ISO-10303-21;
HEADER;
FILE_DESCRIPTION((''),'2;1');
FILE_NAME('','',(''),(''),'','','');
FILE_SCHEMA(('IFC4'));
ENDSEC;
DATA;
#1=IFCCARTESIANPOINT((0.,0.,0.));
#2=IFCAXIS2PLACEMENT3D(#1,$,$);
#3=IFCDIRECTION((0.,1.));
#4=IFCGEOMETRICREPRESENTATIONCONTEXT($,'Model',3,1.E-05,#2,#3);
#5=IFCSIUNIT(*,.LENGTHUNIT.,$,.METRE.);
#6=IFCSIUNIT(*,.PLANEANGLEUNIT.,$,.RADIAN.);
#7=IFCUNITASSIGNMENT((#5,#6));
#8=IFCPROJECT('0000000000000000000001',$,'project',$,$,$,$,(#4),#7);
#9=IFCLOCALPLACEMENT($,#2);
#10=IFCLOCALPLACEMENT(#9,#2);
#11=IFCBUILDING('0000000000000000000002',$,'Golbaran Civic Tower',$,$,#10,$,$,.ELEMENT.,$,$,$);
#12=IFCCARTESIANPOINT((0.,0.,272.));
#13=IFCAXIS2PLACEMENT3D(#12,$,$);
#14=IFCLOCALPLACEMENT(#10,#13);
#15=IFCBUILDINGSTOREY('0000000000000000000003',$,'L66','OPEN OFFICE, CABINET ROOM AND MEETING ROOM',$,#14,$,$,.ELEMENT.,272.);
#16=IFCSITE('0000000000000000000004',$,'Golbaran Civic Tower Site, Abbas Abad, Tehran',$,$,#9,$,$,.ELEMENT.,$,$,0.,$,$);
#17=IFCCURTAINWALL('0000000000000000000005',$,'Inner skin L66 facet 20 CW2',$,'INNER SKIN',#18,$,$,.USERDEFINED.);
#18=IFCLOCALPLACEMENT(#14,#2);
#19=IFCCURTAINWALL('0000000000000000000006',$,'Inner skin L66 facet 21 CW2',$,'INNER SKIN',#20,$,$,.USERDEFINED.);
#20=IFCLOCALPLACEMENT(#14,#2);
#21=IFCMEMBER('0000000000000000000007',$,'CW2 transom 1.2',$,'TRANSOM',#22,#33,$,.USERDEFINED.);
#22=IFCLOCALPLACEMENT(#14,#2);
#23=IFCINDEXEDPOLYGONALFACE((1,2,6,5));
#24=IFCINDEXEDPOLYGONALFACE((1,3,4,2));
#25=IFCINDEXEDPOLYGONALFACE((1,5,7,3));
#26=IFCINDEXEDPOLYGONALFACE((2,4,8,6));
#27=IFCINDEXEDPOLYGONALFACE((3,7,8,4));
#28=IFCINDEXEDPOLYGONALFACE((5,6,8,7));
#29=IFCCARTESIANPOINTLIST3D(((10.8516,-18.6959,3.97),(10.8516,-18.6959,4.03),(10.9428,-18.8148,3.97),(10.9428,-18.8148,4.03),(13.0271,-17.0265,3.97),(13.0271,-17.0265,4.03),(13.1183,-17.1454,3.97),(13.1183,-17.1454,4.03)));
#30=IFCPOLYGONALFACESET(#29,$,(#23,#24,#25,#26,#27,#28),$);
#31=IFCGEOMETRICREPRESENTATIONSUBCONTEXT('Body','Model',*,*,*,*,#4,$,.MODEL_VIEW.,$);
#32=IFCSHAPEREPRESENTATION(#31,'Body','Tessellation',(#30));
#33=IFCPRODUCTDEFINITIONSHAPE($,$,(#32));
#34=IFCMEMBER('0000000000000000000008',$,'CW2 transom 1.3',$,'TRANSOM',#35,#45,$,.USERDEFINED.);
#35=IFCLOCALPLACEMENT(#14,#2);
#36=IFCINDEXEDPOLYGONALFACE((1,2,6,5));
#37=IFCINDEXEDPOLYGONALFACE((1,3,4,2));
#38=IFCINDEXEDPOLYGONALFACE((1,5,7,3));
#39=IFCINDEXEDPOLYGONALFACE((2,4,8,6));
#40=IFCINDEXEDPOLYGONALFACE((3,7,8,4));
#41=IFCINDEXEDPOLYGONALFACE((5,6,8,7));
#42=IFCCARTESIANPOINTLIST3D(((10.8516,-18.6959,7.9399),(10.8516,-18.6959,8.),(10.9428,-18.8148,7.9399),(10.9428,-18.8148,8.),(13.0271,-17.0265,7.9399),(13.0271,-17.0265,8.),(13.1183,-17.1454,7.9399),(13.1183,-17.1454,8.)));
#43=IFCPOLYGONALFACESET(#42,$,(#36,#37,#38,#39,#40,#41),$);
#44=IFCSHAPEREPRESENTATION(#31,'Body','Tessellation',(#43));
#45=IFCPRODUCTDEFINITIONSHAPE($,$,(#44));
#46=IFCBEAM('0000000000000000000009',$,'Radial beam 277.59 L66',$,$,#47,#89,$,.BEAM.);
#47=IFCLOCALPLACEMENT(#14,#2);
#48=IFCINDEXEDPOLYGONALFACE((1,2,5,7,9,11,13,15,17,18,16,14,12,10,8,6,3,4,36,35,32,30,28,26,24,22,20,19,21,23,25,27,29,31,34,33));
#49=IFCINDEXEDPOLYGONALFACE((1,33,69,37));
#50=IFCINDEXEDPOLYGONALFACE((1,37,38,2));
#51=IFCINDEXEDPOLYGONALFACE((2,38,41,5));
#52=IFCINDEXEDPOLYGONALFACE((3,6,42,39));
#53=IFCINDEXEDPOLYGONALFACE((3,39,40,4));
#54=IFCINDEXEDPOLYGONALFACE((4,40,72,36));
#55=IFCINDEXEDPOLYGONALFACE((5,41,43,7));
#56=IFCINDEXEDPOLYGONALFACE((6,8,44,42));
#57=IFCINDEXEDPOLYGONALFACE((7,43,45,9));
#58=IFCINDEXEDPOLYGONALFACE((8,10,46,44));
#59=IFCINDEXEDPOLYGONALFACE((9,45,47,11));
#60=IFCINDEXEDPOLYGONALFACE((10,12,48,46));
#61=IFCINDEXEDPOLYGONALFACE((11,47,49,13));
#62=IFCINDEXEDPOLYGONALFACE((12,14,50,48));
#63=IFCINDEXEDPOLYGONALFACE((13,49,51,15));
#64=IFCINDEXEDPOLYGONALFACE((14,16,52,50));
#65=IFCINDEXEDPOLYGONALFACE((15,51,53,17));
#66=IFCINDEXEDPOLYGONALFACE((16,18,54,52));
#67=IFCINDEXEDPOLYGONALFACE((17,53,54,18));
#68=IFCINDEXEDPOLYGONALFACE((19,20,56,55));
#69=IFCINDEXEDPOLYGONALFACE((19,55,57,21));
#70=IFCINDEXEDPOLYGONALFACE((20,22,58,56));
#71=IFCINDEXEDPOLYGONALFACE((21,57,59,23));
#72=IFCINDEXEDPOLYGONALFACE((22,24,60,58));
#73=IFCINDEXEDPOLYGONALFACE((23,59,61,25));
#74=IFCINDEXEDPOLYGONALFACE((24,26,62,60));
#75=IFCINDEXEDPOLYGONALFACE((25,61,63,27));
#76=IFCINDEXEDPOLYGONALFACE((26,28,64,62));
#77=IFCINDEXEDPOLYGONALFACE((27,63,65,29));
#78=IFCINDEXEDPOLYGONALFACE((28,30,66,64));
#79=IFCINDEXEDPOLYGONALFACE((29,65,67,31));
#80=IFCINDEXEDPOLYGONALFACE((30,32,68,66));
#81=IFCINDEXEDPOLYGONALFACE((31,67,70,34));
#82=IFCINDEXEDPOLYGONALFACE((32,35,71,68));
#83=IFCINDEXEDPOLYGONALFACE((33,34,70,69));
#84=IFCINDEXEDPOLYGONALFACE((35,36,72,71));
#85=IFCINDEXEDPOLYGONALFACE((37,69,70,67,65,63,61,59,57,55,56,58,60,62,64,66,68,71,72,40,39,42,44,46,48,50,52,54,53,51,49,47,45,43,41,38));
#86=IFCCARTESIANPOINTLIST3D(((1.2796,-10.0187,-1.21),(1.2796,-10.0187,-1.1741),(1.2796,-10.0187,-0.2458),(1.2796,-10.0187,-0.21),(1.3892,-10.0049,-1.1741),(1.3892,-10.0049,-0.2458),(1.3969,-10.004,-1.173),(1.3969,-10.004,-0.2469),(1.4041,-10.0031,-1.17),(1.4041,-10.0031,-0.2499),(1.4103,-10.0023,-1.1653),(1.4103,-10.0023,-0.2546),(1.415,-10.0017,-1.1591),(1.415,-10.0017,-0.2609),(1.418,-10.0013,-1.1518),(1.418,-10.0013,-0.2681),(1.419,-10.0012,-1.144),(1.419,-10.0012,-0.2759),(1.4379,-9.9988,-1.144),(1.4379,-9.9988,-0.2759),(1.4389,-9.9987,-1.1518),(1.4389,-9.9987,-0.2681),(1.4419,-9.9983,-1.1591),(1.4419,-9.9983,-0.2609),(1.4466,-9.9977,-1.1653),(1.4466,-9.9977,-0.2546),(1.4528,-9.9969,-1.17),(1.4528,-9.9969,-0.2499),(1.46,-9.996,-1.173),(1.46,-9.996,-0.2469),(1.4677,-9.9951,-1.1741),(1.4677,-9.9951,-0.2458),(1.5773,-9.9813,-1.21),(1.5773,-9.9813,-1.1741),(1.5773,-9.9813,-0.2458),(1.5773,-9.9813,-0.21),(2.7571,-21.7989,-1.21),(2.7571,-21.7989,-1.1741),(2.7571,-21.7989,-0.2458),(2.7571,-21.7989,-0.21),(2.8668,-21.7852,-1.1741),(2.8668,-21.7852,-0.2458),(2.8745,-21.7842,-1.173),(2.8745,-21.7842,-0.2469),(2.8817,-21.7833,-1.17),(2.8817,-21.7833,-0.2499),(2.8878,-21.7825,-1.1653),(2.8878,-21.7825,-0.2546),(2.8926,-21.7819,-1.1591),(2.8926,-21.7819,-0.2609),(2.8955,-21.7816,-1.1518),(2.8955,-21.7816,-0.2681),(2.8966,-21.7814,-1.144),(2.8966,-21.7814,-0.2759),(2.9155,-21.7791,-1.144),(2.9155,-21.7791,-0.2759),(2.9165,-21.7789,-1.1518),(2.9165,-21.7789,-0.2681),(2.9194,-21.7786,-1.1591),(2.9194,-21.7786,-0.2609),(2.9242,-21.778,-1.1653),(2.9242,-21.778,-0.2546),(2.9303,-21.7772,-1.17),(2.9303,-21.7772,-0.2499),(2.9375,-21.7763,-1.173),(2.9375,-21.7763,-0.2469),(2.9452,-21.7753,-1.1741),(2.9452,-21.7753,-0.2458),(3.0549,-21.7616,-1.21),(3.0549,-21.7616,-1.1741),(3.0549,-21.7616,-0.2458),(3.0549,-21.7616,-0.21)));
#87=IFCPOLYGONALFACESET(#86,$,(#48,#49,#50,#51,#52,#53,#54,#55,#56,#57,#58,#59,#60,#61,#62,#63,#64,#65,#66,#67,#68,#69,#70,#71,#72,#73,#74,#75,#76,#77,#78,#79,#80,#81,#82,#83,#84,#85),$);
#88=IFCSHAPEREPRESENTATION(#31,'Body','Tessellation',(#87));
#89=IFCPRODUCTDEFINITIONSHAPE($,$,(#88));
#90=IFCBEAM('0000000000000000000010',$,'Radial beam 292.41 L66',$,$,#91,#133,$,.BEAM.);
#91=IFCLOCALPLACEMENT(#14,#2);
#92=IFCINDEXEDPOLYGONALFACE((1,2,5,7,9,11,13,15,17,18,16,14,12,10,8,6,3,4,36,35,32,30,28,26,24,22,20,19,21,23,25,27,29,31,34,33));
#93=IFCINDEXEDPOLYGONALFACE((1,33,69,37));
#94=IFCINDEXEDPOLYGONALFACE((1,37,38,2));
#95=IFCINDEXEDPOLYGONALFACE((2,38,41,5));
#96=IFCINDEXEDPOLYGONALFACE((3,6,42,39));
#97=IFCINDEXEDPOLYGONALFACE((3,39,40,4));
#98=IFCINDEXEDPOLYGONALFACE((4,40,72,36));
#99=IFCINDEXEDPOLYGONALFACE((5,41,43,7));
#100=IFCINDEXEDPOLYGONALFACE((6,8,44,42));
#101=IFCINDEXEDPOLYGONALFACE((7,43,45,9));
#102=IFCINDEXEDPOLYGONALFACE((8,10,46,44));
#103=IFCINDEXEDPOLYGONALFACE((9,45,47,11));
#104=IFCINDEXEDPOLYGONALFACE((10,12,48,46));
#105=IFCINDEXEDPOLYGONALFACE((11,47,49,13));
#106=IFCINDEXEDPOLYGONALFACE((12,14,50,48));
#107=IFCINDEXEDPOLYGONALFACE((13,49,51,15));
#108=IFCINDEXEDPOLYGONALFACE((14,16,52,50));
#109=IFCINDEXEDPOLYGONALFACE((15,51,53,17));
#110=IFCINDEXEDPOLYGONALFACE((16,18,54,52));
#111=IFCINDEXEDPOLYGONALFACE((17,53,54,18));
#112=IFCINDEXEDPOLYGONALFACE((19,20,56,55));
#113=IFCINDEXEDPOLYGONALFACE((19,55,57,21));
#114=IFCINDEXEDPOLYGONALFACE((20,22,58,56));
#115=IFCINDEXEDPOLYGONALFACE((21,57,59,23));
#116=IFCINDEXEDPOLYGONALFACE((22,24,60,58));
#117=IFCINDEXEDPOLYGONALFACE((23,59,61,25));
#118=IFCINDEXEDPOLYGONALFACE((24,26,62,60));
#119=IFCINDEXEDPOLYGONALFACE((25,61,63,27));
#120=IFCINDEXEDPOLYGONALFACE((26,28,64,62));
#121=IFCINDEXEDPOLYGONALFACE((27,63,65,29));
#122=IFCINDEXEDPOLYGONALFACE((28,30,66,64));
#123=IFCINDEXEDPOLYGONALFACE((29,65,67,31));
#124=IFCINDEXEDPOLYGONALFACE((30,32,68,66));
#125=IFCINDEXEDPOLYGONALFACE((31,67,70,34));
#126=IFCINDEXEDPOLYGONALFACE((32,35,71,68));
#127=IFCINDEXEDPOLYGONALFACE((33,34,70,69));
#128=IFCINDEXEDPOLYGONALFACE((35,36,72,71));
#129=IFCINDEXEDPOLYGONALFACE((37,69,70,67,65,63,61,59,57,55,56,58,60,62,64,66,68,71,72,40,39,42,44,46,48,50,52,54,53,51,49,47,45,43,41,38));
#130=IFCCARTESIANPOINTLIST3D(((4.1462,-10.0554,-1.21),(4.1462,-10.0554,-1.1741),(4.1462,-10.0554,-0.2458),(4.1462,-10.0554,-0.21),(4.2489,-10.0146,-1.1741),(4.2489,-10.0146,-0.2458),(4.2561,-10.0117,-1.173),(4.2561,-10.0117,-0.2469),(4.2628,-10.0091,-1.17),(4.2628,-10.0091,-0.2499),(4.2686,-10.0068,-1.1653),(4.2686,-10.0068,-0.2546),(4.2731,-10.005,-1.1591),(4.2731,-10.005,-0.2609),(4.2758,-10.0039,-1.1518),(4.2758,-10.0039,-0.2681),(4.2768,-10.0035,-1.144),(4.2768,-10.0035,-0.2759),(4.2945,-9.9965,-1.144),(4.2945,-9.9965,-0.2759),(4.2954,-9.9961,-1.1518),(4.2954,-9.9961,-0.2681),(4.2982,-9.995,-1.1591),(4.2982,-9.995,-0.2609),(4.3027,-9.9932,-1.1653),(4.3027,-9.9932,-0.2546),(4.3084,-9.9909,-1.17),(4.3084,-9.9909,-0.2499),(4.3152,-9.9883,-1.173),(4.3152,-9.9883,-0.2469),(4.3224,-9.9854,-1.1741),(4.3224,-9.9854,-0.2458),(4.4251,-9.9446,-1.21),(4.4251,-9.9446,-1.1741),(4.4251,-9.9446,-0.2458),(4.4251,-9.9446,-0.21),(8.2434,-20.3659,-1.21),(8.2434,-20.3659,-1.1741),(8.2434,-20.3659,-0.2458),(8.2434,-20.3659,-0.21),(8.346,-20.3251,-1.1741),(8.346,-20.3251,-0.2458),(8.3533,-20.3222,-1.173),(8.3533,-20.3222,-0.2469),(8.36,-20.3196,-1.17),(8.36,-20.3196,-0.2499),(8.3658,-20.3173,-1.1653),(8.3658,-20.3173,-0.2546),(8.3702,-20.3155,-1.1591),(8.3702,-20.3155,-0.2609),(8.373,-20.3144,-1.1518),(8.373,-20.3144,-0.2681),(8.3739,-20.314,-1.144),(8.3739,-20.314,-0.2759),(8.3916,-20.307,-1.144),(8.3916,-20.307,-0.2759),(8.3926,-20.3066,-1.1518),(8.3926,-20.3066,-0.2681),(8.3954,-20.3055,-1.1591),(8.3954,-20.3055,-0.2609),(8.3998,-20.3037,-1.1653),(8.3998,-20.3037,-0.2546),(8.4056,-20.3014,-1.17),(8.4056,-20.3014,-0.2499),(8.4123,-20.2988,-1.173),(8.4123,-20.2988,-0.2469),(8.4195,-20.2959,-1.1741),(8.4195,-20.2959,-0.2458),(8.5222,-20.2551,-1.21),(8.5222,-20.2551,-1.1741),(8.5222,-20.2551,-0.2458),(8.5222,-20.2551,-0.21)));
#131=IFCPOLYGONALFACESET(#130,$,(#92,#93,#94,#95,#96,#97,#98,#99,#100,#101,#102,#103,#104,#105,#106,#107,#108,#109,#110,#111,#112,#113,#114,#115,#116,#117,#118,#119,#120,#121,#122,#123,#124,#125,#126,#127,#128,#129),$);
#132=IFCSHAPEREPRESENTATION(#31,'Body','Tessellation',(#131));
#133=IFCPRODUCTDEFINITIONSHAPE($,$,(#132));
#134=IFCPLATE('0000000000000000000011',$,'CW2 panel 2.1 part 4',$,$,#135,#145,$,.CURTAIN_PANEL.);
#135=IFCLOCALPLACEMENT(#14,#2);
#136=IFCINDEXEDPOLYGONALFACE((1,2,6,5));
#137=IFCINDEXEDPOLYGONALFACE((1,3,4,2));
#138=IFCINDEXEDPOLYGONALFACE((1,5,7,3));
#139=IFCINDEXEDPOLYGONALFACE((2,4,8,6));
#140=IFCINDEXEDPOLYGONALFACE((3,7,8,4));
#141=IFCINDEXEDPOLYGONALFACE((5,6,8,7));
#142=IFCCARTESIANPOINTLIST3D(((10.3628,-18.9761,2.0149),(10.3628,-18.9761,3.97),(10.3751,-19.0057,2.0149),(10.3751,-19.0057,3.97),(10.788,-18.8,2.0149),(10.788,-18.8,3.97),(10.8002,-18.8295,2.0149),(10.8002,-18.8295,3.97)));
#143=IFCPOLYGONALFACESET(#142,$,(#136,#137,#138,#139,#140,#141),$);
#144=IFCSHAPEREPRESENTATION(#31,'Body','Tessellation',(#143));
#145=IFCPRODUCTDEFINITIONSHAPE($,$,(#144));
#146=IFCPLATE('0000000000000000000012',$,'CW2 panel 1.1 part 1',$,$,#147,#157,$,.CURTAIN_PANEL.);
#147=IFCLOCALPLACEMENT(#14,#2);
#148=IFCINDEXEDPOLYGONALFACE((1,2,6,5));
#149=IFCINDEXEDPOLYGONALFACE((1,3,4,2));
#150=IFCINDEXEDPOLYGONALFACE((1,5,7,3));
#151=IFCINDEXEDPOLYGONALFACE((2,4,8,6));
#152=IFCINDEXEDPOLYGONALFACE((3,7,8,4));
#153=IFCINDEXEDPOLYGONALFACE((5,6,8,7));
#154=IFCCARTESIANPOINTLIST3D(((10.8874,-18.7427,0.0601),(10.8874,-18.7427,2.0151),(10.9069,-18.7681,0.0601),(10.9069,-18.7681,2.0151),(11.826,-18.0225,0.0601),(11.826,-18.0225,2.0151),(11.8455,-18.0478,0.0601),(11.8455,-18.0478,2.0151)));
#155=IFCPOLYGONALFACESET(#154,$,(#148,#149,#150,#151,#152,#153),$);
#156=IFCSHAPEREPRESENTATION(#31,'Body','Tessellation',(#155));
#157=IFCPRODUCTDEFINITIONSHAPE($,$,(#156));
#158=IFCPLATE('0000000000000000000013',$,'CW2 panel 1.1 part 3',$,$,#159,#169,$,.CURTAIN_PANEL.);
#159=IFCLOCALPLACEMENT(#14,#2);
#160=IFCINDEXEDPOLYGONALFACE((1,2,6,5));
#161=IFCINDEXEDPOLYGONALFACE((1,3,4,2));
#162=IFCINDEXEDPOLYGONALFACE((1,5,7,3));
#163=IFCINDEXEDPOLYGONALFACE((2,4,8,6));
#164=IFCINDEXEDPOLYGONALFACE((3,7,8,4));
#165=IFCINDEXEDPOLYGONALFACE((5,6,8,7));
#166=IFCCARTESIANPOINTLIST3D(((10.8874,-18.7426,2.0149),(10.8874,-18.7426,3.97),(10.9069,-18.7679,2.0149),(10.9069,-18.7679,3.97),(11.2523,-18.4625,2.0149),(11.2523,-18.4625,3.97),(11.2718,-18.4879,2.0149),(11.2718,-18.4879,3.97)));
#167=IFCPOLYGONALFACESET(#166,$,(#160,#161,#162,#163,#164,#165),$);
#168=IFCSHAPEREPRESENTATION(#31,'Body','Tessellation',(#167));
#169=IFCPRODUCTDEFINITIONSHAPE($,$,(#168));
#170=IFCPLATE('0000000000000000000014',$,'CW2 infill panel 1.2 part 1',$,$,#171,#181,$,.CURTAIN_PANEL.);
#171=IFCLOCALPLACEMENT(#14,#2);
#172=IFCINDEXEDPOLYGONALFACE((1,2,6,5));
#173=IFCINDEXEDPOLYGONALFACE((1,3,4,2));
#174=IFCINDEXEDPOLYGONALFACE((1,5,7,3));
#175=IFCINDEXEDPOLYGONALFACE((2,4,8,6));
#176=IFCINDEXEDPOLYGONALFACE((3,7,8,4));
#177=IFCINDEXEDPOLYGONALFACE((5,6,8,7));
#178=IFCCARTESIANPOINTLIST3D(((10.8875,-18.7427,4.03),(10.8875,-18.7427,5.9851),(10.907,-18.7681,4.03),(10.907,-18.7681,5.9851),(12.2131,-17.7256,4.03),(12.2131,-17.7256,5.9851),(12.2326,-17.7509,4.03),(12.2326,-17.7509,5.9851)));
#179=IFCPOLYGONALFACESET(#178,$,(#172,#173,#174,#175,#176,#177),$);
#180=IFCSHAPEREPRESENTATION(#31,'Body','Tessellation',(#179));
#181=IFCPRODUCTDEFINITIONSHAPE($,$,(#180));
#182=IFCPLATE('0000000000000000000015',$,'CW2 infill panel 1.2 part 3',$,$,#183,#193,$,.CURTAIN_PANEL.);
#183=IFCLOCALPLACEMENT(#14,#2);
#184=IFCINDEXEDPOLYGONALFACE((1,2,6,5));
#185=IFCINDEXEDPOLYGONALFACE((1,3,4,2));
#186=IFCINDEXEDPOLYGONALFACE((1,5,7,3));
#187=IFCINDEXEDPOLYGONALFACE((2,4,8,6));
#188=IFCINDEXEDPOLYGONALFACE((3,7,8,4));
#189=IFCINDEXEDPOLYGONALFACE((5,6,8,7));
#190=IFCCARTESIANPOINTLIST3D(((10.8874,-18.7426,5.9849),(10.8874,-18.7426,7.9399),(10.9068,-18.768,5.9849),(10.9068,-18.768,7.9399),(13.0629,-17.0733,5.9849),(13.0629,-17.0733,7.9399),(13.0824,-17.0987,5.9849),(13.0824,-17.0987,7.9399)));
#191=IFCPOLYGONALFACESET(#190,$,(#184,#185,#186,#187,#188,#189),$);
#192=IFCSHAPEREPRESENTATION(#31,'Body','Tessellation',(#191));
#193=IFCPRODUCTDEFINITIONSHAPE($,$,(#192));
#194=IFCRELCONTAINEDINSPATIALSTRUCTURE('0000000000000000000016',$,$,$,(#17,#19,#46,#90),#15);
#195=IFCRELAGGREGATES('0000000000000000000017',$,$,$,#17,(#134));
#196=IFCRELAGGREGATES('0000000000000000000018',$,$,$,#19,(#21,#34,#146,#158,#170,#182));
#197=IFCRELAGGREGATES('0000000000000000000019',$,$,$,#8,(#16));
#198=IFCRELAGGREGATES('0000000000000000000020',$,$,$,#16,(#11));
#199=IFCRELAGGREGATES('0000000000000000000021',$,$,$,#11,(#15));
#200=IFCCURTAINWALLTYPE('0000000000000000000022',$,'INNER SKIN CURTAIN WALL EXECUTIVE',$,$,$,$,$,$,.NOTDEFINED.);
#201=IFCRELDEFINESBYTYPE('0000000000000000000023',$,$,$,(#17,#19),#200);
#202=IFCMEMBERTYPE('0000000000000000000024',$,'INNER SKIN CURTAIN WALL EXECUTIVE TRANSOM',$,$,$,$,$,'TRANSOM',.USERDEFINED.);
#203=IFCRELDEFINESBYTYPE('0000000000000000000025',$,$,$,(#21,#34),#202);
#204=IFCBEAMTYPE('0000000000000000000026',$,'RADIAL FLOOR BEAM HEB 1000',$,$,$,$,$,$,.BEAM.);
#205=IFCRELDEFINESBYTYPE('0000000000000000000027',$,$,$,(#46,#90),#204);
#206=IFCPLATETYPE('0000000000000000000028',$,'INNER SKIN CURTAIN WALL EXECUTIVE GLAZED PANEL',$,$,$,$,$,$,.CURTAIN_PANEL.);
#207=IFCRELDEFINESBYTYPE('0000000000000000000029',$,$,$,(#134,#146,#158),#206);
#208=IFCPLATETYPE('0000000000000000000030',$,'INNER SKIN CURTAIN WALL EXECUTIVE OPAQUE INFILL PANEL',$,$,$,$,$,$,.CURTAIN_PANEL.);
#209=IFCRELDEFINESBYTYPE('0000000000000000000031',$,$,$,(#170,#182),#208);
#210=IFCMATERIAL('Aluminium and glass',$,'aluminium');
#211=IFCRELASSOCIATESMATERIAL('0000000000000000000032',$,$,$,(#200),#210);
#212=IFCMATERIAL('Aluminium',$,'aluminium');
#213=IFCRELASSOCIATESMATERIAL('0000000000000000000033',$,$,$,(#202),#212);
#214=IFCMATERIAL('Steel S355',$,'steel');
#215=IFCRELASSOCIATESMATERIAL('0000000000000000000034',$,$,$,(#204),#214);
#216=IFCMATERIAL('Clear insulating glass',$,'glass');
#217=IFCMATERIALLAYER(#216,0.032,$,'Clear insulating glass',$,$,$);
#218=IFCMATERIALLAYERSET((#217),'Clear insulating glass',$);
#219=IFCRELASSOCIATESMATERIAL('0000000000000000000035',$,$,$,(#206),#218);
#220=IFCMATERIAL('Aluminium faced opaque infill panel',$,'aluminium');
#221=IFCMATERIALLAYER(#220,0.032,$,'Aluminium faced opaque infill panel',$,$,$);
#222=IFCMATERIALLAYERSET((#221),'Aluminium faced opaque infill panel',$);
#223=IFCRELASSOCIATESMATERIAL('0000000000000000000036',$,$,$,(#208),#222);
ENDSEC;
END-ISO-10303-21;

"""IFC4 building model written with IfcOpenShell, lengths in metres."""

from ifc_helpers import new_model, si_unit, direction, frame, origin, origin_2d, place, context, subcontext, project, spatial, rectangle, i_section, extrude, material, layer, layer_set, material_profile, profile_set, type_object, element, aggregate, save


model = new_model("IFC4")

# Units and contexts
model_context = context("Model", 3, precision=1e-05, world=origin(), true_north=direction((0.0, 1.0)))
body_context = subcontext(model_context, "Body", "Model", "MODEL_VIEW")
ifc_project = project(units=[si_unit("LENGTHUNIT", "METRE"), si_unit("PLANEANGLEUNIT", "RADIAN")], contexts=[model_context])

# Site, building, storey
site_placement = place(None, origin())
site = spatial("IfcSite", under=ifc_project, at=site_placement, Name="Golbaran Civic Tower Site, Abbas Abad, Tehran", CompositionType="ELEMENT", RefElevation=0.0)
building_placement = place(site_placement, origin())
building = spatial("IfcBuilding", under=site, at=building_placement, Name="Golbaran Civic Tower", CompositionType="ELEMENT")
storey_placement = place(building_placement, frame((0.0, 0.0, 272.0)))
storey = spatial("IfcBuildingStorey", under=building, at=storey_placement, Name="L66", Description="OPEN OFFICE, CABINET ROOM AND MEETING ROOM", CompositionType="ELEMENT", Elevation=272.0)

# Shared definitions
ifc_material_1 = material(Name="Steel S355", Category="steel")

# Curtain wall
ifc_material_2 = material(Name="Aluminium and glass", Category="aluminium")
curtain_wall_type = type_object("IfcCurtainWallType", Name="INNER SKIN CURTAIN WALL EXECUTIVE", PredefinedType="NOTDEFINED", material=ifc_material_2)
curtain_wall_1_placement = place(storey_placement, origin())
curtain_wall_1 = element("IfcCurtainWall", 1, at=curtain_wall_1_placement, inside=storey, type_object=curtain_wall_type, Name="Inner skin L66 facet 20 CW2", ObjectType="INNER SKIN", PredefinedType="USERDEFINED")
ifc_material_3 = material(Name="Aluminium", Category="aluminium")

# Curtain wall, members
curtain_wall_2_placement = place(storey_placement, origin())
curtain_wall_2 = element("IfcCurtainWall", 2, at=curtain_wall_2_placement, inside=storey, type_object=curtain_wall_type, Name="Inner skin L66 facet 21 CW2", ObjectType="INNER SKIN", PredefinedType="USERDEFINED")
ifc_material_profile_1 = material_profile(ifc_material_3, rectangle(XDim=0.1499, YDim=0.0601, at=origin_2d()), Name="INNER SKIN CURTAIN WALL EXECUTIVE TRANSOM")
ifc_profile_set_1 = profile_set([ifc_material_profile_1], Name="Aluminium")
member_type_1 = type_object("IfcMemberType", Name="INNER SKIN CURTAIN WALL EXECUTIVE TRANSOM", ElementType="TRANSOM", PredefinedType="USERDEFINED", material=ifc_profile_set_1)
member_1_placement = place(storey_placement, frame((10.8972, -18.7554, 4.0), z_axis=(0.793338, 0.608781, 0.0), x_axis=(-0.608781, 0.793338, 0.0)))
member_1 = element("IfcMember", 3, at=member_1_placement, type_object=member_type_1, Name="CW2 transom 1.2", ObjectType="TRANSOM", PredefinedType="USERDEFINED", context=body_context, shape_type="SweptSolid", body=[
    extrude(rectangle(XDim=0.1499, YDim=0.0601, at=origin_2d()), origin(), (0.0, 0.0, 1.0), 2.7422),
])
member_2_placement = place(storey_placement, frame((10.8972, -18.7554, 7.97), z_axis=(0.793338, 0.608781, 0.0), x_axis=(-0.608781, 0.793338, 0.0)))
member_2 = element("IfcMember", 4, at=member_2_placement, type_object=member_type_1, Name="CW2 transom 1.3", ObjectType="TRANSOM", PredefinedType="USERDEFINED", context=body_context, shape_type="SweptSolid", body=[
    extrude(rectangle(XDim=0.1499, YDim=0.0601, at=origin_2d()), origin(), (0.0, 0.0, 1.0), 2.7422),
])

# Beams
ifc_material_profile_2 = material_profile(ifc_material_1, i_section(OverallWidth=0.3, OverallDepth=1.0, WebThickness=0.019, FlangeThickness=0.0359, FilletRadius=0.03, at=origin_2d()), Name="HEB 1000")
ifc_profile_set_2 = profile_set([ifc_material_profile_2], Name="Steel S355")
beam_type_1 = type_object("IfcBeamType", Name="RADIAL FLOOR BEAM HEB 1000", PredefinedType="BEAM", material=ifc_profile_set_2)
beam_1_placement = place(storey_placement, frame((1.4285, -10.0, -0.71), z_axis=(0.12445, -0.992226, 0.0), x_axis=(0.992226, 0.12445, 0.0)))
element("IfcBeam", 5, at=beam_1_placement, inside=storey, type_object=beam_type_1, Name="Radial beam 277.59 L66", PredefinedType="BEAM", context=body_context, shape_type="SweptSolid", body=[
    extrude(i_section(OverallWidth=0.3, OverallDepth=1.0, WebThickness=0.019, FlangeThickness=0.0359, FilletRadius=0.03, at=origin_2d()), origin(), (0.0, 0.0, 1.0), 11.8726),
])
beam_2_placement = place(storey_placement, frame((4.2856, -10.0, -0.71), z_axis=(0.369288, -0.929315, 0.0), x_axis=(0.929315, 0.369288, 0.0)))
element("IfcBeam", 6, at=beam_2_placement, inside=storey, type_object=beam_type_1, Name="Radial beam 292.41 L66", PredefinedType="BEAM", context=body_context, shape_type="SweptSolid", body=[
    extrude(i_section(OverallWidth=0.3, OverallDepth=1.0, WebThickness=0.019, FlangeThickness=0.0359, FilletRadius=0.03, at=origin_2d()), origin(), (0.0, 0.0, 1.0), 11.0947),
])

# Plates
ifc_material_4 = material(Name="Clear insulating glass", Category="glass")
ifc_layer_1 = layer(ifc_material_4, 0.032, Name="Clear insulating glass")
ifc_layer_set_1 = layer_set([ifc_layer_1], Name="Clear insulating glass")
plate_type_1 = type_object("IfcPlateType", Name="INNER SKIN CURTAIN WALL EXECUTIVE GLAZED PANEL", PredefinedType="CURTAIN_PANEL", material=ifc_layer_set_1)
plate_1_placement = place(storey_placement, frame((10.5815, -18.9028, 2.0149), z_axis=(0.0, 0.0, 1.0), x_axis=(0.92388, 0.382683, 0.0)))
plate_1 = element("IfcPlate", 7, at=plate_1_placement, type_object=plate_type_1, Name="CW2 panel 2.1 part 4", PredefinedType="CURTAIN_PANEL", context=body_context, shape_type="SweptSolid", body=[
    extrude(rectangle(XDim=0.4602, YDim=0.032, at=origin_2d()), origin(), (0.0, 0.0, 1.0), 1.9551),
])
aggregate(curtain_wall_1, [plate_1])
plate_2_placement = place(storey_placement, frame((11.3665, -18.3953, 0.0601), z_axis=(0.0, 0.0, 1.0), x_axis=(0.793353, 0.608761, 0.0)))
plate_2 = element("IfcPlate", 8, at=plate_2_placement, type_object=plate_type_1, Name="CW2 panel 1.1 part 1", PredefinedType="CURTAIN_PANEL", context=body_context, shape_type="SweptSolid", body=[
    extrude(rectangle(XDim=1.1831, YDim=0.032, at=origin_2d()), origin(), (0.0, 0.0, 1.0), 1.9551),
])
plate_3_placement = place(storey_placement, frame((11.0796, -18.6152, 2.0149), z_axis=(0.0, 0.0, 1.0), x_axis=(0.793353, 0.608761, 0.0)))
plate_3 = element("IfcPlate", 9, at=plate_3_placement, type_object=plate_type_1, Name="CW2 panel 1.1 part 3", PredefinedType="CURTAIN_PANEL", context=body_context, shape_type="SweptSolid", body=[
    extrude(rectangle(XDim=0.46, YDim=0.032, at=origin_2d()), origin(), (0.0, 0.0, 1.0), 1.9551),
])
ifc_material_5 = material(Name="Aluminium faced opaque infill panel", Category="aluminium")
ifc_layer_2 = layer(ifc_material_5, 0.032, Name="Aluminium faced opaque infill panel")
ifc_layer_set_2 = layer_set([ifc_layer_2], Name="Aluminium faced opaque infill panel")
plate_type_2 = type_object("IfcPlateType", Name="INNER SKIN CURTAIN WALL EXECUTIVE OPAQUE INFILL PANEL", PredefinedType="CURTAIN_PANEL", material=ifc_layer_set_2)
plate_4_placement = place(storey_placement, frame((11.5601, -18.2468, 4.03), z_axis=(0.0, 0.0, 1.0), x_axis=(0.793353, 0.608761, 0.0)))
plate_4 = element("IfcPlate", 10, at=plate_4_placement, type_object=plate_type_2, Name="CW2 infill panel 1.2 part 1", PredefinedType="CURTAIN_PANEL", context=body_context, shape_type="SweptSolid", body=[
    extrude(rectangle(XDim=1.6709, YDim=0.032, at=origin_2d()), origin(), (0.0, 0.0, 1.0), 1.9551),
])
plate_5_placement = place(storey_placement, frame((11.9849, -17.9207, 5.9849), z_axis=(0.0, 0.0, 1.0), x_axis=(0.793353, 0.608761, 0.0)))
plate_5 = element("IfcPlate", 11, at=plate_5_placement, type_object=plate_type_2, Name="CW2 infill panel 1.2 part 3", PredefinedType="CURTAIN_PANEL", context=body_context, shape_type="SweptSolid", body=[
    extrude(rectangle(XDim=2.7422, YDim=0.032, at=origin_2d()), origin(), (0.0, 0.0, 1.0), 1.9551),
])
aggregate(curtain_wall_2, [member_1, member_2, plate_2, plate_3, plate_4, plate_5])

save(model, "model.ifc")
